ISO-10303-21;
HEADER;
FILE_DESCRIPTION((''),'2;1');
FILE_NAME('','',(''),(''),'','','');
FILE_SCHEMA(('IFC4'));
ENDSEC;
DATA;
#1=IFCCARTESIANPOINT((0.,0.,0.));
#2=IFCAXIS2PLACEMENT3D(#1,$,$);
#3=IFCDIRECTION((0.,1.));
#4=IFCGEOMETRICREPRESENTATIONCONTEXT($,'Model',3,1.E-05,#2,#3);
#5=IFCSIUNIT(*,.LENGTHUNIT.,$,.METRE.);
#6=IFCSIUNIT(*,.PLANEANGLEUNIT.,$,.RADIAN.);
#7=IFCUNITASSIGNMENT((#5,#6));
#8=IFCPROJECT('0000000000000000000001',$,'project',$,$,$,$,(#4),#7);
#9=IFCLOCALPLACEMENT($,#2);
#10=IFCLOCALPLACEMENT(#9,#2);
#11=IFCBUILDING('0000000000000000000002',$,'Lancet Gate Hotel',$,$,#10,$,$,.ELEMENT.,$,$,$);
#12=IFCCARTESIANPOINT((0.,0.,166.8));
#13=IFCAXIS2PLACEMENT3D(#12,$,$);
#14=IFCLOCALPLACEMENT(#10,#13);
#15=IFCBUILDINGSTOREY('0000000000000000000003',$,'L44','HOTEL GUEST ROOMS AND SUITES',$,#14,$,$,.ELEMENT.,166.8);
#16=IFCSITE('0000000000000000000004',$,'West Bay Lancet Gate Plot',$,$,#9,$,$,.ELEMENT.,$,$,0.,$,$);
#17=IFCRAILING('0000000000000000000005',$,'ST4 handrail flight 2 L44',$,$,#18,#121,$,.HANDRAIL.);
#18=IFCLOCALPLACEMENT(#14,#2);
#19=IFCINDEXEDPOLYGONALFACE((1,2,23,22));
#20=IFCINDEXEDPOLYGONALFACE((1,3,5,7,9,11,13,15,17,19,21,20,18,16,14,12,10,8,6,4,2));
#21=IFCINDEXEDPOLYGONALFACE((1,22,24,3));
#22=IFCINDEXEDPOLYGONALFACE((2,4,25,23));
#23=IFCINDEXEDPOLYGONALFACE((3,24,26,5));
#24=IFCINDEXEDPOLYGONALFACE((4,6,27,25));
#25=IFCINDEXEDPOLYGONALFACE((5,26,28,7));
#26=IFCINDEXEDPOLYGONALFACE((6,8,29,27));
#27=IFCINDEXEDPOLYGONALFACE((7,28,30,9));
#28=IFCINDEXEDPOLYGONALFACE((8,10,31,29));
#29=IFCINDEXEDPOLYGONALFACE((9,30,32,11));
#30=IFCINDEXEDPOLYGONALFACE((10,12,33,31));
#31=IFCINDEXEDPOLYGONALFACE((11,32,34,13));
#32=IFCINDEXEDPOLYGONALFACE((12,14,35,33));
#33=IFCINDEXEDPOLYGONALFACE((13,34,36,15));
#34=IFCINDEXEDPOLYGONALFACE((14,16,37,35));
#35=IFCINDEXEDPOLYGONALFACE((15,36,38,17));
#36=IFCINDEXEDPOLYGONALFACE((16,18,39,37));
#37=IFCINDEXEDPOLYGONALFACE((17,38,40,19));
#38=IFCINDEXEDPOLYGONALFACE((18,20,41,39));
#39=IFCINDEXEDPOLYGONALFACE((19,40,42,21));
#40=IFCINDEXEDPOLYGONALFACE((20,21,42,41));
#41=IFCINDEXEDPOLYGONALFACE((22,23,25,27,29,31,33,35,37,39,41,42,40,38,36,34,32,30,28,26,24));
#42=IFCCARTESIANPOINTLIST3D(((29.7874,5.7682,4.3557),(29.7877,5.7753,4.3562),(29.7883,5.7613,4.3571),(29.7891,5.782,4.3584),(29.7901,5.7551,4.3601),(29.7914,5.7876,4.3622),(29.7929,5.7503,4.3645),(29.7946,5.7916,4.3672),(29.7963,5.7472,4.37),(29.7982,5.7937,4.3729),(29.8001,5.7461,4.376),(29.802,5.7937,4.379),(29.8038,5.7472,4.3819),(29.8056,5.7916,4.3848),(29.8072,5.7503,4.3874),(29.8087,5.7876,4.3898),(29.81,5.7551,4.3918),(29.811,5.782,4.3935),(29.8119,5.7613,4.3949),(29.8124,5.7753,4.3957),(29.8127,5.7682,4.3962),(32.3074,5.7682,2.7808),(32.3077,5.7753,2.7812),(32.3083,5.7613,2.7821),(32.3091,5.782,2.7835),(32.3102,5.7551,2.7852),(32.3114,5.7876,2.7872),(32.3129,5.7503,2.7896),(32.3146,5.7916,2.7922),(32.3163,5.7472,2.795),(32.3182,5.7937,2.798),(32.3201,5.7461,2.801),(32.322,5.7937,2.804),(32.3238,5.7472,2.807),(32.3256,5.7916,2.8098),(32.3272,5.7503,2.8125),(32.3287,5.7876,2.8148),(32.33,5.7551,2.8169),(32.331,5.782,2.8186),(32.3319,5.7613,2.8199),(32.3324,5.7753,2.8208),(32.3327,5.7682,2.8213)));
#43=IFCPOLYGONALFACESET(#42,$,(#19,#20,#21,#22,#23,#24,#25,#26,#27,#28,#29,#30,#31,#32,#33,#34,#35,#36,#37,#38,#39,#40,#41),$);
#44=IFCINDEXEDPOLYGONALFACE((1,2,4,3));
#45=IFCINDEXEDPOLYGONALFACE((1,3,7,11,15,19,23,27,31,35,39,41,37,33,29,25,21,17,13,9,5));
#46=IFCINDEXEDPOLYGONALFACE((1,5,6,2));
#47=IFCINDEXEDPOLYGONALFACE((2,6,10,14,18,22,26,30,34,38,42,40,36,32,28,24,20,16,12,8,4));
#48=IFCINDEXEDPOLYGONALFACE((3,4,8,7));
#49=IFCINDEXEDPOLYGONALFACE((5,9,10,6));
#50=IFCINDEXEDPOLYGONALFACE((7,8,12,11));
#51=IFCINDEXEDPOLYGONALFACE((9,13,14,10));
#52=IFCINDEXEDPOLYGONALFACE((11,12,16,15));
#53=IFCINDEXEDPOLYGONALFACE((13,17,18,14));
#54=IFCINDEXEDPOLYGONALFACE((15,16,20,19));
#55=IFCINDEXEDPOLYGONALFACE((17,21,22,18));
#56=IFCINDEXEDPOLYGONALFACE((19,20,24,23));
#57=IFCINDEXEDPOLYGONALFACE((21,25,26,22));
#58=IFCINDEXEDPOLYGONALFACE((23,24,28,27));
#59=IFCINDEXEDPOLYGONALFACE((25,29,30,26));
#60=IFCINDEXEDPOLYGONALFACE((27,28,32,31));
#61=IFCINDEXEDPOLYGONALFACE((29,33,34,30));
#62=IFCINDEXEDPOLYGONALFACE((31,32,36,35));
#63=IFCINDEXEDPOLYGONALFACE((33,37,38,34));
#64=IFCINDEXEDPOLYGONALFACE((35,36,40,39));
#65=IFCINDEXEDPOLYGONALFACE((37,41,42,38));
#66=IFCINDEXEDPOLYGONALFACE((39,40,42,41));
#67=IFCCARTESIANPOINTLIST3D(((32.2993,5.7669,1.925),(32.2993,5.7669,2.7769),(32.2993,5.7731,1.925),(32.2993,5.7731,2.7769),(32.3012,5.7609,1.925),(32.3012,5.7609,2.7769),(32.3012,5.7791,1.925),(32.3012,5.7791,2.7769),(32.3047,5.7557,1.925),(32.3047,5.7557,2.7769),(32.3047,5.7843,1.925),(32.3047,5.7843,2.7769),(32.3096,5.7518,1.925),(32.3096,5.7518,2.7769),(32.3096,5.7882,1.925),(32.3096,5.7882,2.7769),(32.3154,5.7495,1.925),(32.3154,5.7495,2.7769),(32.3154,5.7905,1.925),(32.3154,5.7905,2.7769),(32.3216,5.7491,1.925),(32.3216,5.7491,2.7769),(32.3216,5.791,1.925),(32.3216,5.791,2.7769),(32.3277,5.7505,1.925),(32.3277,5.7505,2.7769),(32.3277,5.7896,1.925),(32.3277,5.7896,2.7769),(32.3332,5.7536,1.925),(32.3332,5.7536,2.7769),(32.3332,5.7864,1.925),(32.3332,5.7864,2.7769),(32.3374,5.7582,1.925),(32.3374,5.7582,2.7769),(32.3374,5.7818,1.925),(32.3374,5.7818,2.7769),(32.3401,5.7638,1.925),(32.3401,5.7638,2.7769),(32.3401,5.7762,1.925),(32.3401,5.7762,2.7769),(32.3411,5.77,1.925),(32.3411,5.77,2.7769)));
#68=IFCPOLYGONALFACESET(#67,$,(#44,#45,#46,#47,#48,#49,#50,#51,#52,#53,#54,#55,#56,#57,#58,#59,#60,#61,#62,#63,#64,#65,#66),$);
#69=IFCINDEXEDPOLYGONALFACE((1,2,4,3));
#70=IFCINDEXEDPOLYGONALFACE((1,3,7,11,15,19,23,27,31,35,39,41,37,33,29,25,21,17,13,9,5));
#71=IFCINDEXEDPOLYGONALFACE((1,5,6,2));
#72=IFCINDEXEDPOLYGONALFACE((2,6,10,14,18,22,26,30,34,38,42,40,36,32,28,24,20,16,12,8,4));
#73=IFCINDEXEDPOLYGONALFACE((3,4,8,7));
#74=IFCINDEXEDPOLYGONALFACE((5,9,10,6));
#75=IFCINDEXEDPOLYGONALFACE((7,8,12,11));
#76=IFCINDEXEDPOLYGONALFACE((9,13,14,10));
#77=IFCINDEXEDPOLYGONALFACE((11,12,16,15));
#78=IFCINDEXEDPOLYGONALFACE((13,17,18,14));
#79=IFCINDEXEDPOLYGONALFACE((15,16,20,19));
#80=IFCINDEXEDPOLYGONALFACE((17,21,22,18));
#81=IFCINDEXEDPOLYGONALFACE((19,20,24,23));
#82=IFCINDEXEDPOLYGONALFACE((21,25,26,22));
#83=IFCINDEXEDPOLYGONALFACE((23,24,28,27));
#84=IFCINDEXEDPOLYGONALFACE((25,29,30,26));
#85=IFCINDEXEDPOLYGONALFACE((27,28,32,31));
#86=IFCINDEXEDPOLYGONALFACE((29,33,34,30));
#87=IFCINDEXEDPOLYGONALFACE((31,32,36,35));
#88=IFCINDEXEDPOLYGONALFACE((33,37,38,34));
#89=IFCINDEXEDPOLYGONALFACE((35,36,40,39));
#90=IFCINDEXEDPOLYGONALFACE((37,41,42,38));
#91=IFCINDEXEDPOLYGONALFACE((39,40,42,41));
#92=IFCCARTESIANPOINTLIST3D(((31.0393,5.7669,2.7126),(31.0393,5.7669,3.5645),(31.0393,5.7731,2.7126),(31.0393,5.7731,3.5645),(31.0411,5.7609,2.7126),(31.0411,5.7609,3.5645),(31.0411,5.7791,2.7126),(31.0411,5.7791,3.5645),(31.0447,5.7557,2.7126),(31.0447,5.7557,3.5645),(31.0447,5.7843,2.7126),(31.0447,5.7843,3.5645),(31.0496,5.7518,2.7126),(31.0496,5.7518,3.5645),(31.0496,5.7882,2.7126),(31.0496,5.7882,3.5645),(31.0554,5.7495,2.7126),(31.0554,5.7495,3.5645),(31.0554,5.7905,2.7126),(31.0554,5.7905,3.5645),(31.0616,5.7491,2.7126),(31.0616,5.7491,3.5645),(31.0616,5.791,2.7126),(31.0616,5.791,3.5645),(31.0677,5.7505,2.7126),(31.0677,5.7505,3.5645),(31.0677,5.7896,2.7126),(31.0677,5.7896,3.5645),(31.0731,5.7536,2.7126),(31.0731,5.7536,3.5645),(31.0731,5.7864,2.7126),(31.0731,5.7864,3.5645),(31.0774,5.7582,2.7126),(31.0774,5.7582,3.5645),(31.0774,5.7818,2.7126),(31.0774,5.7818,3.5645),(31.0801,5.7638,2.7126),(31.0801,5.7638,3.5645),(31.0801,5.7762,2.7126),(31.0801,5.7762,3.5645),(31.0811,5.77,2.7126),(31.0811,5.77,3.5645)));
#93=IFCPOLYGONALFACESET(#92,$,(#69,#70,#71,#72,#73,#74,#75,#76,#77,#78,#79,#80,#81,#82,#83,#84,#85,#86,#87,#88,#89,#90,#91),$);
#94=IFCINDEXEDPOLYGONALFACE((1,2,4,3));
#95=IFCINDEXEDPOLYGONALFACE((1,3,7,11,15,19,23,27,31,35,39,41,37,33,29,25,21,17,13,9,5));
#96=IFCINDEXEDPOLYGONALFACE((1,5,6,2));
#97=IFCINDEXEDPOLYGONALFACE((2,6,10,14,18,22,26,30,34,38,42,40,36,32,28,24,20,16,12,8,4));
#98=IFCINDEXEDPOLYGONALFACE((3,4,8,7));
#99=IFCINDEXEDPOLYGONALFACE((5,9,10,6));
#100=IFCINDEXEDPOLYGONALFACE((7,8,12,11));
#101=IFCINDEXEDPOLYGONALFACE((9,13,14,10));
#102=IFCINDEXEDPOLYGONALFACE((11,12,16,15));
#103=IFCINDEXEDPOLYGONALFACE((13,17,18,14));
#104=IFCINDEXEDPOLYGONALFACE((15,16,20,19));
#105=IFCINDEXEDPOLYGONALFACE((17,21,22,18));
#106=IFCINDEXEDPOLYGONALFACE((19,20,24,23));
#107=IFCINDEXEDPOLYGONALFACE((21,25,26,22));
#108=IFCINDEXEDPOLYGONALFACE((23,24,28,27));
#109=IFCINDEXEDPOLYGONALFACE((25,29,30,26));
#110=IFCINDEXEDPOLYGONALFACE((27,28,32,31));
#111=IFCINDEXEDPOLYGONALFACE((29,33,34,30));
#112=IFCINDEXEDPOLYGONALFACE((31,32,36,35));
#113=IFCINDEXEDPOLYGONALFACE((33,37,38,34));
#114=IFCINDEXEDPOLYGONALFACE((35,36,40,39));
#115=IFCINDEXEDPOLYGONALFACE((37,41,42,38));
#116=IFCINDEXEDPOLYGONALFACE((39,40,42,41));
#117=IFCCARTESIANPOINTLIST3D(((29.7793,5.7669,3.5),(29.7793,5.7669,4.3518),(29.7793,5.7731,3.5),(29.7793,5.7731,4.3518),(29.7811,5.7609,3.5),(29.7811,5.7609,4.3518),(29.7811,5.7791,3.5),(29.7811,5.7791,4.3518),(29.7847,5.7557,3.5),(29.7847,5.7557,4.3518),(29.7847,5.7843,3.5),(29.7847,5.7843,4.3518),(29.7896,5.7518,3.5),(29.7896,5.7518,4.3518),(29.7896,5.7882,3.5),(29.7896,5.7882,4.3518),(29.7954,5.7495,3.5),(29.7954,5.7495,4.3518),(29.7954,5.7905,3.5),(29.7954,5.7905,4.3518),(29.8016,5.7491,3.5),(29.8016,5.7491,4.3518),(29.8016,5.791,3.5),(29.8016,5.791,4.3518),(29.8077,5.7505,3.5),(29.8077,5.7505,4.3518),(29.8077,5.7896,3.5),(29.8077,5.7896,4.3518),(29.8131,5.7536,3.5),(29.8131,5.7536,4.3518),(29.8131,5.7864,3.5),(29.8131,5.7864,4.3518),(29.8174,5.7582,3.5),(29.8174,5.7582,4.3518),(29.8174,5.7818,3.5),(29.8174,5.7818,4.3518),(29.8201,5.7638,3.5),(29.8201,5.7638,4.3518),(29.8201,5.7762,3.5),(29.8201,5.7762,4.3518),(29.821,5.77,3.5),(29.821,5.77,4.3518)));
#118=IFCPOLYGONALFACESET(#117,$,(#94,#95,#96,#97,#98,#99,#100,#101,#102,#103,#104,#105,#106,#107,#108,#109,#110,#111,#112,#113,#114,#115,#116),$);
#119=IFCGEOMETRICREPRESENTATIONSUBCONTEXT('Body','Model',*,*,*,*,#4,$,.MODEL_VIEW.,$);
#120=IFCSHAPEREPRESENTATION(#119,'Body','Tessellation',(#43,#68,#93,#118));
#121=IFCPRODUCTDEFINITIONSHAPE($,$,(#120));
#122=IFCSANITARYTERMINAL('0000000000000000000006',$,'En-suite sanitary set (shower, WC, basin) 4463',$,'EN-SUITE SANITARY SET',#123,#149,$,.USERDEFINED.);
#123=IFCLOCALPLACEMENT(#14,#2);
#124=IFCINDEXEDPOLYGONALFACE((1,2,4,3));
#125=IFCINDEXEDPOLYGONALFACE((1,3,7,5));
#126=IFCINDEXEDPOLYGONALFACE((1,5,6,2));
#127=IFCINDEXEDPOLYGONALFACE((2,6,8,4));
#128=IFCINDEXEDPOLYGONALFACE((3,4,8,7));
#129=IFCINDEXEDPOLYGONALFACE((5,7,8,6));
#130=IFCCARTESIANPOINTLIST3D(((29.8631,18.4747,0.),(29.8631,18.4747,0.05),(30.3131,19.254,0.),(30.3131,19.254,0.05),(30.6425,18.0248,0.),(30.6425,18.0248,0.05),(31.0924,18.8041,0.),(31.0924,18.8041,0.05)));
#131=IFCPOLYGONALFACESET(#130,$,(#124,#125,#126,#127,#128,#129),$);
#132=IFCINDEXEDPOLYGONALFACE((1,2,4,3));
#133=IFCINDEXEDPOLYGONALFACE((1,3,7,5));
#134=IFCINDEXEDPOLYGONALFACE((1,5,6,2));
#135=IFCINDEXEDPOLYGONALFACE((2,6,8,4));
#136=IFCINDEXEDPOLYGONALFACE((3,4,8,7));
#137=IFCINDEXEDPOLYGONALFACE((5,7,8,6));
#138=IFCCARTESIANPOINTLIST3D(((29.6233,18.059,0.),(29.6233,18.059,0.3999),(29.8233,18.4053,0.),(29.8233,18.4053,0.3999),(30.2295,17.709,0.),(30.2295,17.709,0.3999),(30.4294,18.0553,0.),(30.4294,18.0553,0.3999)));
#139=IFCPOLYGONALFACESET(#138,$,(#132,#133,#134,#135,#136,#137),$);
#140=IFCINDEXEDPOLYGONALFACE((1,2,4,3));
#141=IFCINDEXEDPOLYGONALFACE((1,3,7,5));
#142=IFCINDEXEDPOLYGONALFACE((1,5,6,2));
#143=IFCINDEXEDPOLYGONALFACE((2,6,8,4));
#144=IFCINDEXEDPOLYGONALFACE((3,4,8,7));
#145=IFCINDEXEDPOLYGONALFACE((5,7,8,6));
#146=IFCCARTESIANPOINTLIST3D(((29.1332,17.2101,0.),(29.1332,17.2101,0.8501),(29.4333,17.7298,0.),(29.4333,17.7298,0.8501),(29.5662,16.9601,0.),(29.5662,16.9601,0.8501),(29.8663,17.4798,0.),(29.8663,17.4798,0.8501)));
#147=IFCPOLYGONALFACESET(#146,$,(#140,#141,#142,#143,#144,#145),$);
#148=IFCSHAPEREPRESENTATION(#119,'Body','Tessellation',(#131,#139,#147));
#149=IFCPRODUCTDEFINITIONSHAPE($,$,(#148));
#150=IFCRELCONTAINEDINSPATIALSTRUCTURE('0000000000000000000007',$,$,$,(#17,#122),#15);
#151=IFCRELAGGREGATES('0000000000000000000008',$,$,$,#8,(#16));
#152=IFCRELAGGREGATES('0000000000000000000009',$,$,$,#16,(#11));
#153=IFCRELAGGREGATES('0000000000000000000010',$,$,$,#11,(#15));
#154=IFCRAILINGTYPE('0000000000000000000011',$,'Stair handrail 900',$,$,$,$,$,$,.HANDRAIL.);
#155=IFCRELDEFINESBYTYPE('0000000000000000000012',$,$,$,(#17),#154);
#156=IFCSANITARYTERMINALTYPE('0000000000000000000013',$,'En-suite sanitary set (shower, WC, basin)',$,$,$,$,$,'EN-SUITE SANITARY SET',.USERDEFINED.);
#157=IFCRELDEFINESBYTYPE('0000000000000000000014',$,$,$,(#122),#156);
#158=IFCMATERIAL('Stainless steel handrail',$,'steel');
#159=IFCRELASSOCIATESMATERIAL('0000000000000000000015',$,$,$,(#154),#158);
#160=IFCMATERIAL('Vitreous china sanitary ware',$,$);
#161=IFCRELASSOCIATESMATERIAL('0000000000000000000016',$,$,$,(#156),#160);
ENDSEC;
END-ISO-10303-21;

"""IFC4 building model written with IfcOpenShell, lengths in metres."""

from ifc_helpers import new_model, si_unit, direction, frame, origin, origin_2d, place, context, subcontext, project, spatial, rectangle, circle, extrude, material, type_object, element, save


model = new_model("IFC4")

# Units and contexts
model_context = context("Model", 3, precision=1e-05, world=origin(), true_north=direction((0.0, 1.0)))
body_context = subcontext(model_context, "Body", "Model", "MODEL_VIEW")
ifc_project = project(units=[si_unit("LENGTHUNIT", "METRE"), si_unit("PLANEANGLEUNIT", "RADIAN")], contexts=[model_context])

# Site, building, storey
site_placement = place(None, origin())
site = spatial("IfcSite", under=ifc_project, at=site_placement, Name="West Bay Lancet Gate Plot", CompositionType="ELEMENT", RefElevation=0.0)
building_placement = place(site_placement, origin())
building = spatial("IfcBuilding", under=site, at=building_placement, Name="Lancet Gate Hotel", CompositionType="ELEMENT")
storey_placement = place(building_placement, frame((0.0, 0.0, 166.8)))
storey = spatial("IfcBuildingStorey", under=building, at=storey_placement, Name="L44", Description="HOTEL GUEST ROOMS AND SUITES", CompositionType="ELEMENT", Elevation=166.8)

# Railing
ifc_material_1 = material(Name="Stainless steel handrail", Category="steel")
railing_type = type_object("IfcRailingType", Name="Stair handrail 900", PredefinedType="HANDRAIL", material=ifc_material_1)
railing_1_placement = place(storey_placement, frame((32.3201, 5.77, 1.925)))
element("IfcRailing", 1, at=railing_1_placement, inside=storey, type_object=railing_type, Name="ST4 handrail flight 2 L44", PredefinedType="HANDRAIL", context=body_context, shape_type="SweptSolid", body=[
    extrude(circle(Radius=0.0239, at=origin_2d()), frame((0.0, 0.0, 0.876), z_axis=(-0.848008, 0.0, 0.529984), x_axis=(0.0, -1.0, 0.0)), (0.0, 0.0, 1.0), 2.9717),
    extrude(circle(Radius=0.021, at=origin_2d()), origin(), (0.0, 0.0, 1.0), 0.8518),
    extrude(circle(Radius=0.021, at=origin_2d()), frame((-1.26, 0.0, 0.7876)), (0.0, 0.0, 1.0), 0.8518),
    extrude(circle(Radius=0.021, at=origin_2d()), frame((-2.52, 0.0, 1.575)), (0.0, 0.0, 1.0), 0.8518),
])

# Sanitary terminal
ifc_material_2 = material(Name="Vitreous china sanitary ware")
sanitary_terminal_type = type_object("IfcSanitaryTerminalType", Name="En-suite sanitary set (shower, WC, basin)", ElementType="EN-SUITE SANITARY SET", PredefinedType="USERDEFINED", material=ifc_material_2)
sanitary_terminal_placement = place(storey_placement, frame((30.4778, 18.6394, 0.0), z_axis=(0.0, 0.0, 1.0), x_axis=(1.0, 0.0, 0.0)))
element("IfcSanitaryTerminal", 2, at=sanitary_terminal_placement, inside=storey, type_object=sanitary_terminal_type, Name="En-suite sanitary set (shower, WC, basin) 4463", ObjectType="EN-SUITE SANITARY SET", PredefinedType="USERDEFINED", context=body_context, shape_type="SweptSolid", body=[
    extrude(rectangle(XDim=0.8999, YDim=0.8999, at=origin_2d()), frame((0.0, 0.0, 0.0), z_axis=(0.0, 0.0, 1.0), x_axis=(0.5, 0.866025, 0.0)), (0.0, 0.0, 1.0), 0.05),
    extrude(rectangle(XDim=0.3999, YDim=0.7, at=origin_2d()), frame((-0.4514, -0.5823, 0.0), z_axis=(0.0, 0.0, 1.0), x_axis=(0.5, 0.866025, 0.0)), (0.0, 0.0, 1.0), 0.3999),
    extrude(rectangle(XDim=0.6001, YDim=0.5, at=origin_2d()), frame((-0.978, -1.2944, 0.0), z_axis=(0.0, 0.0, 1.0), x_axis=(0.5, 0.866025, 0.0)), (0.0, 0.0, 1.0), 0.8501),
])

save(model, "model.ifc")
